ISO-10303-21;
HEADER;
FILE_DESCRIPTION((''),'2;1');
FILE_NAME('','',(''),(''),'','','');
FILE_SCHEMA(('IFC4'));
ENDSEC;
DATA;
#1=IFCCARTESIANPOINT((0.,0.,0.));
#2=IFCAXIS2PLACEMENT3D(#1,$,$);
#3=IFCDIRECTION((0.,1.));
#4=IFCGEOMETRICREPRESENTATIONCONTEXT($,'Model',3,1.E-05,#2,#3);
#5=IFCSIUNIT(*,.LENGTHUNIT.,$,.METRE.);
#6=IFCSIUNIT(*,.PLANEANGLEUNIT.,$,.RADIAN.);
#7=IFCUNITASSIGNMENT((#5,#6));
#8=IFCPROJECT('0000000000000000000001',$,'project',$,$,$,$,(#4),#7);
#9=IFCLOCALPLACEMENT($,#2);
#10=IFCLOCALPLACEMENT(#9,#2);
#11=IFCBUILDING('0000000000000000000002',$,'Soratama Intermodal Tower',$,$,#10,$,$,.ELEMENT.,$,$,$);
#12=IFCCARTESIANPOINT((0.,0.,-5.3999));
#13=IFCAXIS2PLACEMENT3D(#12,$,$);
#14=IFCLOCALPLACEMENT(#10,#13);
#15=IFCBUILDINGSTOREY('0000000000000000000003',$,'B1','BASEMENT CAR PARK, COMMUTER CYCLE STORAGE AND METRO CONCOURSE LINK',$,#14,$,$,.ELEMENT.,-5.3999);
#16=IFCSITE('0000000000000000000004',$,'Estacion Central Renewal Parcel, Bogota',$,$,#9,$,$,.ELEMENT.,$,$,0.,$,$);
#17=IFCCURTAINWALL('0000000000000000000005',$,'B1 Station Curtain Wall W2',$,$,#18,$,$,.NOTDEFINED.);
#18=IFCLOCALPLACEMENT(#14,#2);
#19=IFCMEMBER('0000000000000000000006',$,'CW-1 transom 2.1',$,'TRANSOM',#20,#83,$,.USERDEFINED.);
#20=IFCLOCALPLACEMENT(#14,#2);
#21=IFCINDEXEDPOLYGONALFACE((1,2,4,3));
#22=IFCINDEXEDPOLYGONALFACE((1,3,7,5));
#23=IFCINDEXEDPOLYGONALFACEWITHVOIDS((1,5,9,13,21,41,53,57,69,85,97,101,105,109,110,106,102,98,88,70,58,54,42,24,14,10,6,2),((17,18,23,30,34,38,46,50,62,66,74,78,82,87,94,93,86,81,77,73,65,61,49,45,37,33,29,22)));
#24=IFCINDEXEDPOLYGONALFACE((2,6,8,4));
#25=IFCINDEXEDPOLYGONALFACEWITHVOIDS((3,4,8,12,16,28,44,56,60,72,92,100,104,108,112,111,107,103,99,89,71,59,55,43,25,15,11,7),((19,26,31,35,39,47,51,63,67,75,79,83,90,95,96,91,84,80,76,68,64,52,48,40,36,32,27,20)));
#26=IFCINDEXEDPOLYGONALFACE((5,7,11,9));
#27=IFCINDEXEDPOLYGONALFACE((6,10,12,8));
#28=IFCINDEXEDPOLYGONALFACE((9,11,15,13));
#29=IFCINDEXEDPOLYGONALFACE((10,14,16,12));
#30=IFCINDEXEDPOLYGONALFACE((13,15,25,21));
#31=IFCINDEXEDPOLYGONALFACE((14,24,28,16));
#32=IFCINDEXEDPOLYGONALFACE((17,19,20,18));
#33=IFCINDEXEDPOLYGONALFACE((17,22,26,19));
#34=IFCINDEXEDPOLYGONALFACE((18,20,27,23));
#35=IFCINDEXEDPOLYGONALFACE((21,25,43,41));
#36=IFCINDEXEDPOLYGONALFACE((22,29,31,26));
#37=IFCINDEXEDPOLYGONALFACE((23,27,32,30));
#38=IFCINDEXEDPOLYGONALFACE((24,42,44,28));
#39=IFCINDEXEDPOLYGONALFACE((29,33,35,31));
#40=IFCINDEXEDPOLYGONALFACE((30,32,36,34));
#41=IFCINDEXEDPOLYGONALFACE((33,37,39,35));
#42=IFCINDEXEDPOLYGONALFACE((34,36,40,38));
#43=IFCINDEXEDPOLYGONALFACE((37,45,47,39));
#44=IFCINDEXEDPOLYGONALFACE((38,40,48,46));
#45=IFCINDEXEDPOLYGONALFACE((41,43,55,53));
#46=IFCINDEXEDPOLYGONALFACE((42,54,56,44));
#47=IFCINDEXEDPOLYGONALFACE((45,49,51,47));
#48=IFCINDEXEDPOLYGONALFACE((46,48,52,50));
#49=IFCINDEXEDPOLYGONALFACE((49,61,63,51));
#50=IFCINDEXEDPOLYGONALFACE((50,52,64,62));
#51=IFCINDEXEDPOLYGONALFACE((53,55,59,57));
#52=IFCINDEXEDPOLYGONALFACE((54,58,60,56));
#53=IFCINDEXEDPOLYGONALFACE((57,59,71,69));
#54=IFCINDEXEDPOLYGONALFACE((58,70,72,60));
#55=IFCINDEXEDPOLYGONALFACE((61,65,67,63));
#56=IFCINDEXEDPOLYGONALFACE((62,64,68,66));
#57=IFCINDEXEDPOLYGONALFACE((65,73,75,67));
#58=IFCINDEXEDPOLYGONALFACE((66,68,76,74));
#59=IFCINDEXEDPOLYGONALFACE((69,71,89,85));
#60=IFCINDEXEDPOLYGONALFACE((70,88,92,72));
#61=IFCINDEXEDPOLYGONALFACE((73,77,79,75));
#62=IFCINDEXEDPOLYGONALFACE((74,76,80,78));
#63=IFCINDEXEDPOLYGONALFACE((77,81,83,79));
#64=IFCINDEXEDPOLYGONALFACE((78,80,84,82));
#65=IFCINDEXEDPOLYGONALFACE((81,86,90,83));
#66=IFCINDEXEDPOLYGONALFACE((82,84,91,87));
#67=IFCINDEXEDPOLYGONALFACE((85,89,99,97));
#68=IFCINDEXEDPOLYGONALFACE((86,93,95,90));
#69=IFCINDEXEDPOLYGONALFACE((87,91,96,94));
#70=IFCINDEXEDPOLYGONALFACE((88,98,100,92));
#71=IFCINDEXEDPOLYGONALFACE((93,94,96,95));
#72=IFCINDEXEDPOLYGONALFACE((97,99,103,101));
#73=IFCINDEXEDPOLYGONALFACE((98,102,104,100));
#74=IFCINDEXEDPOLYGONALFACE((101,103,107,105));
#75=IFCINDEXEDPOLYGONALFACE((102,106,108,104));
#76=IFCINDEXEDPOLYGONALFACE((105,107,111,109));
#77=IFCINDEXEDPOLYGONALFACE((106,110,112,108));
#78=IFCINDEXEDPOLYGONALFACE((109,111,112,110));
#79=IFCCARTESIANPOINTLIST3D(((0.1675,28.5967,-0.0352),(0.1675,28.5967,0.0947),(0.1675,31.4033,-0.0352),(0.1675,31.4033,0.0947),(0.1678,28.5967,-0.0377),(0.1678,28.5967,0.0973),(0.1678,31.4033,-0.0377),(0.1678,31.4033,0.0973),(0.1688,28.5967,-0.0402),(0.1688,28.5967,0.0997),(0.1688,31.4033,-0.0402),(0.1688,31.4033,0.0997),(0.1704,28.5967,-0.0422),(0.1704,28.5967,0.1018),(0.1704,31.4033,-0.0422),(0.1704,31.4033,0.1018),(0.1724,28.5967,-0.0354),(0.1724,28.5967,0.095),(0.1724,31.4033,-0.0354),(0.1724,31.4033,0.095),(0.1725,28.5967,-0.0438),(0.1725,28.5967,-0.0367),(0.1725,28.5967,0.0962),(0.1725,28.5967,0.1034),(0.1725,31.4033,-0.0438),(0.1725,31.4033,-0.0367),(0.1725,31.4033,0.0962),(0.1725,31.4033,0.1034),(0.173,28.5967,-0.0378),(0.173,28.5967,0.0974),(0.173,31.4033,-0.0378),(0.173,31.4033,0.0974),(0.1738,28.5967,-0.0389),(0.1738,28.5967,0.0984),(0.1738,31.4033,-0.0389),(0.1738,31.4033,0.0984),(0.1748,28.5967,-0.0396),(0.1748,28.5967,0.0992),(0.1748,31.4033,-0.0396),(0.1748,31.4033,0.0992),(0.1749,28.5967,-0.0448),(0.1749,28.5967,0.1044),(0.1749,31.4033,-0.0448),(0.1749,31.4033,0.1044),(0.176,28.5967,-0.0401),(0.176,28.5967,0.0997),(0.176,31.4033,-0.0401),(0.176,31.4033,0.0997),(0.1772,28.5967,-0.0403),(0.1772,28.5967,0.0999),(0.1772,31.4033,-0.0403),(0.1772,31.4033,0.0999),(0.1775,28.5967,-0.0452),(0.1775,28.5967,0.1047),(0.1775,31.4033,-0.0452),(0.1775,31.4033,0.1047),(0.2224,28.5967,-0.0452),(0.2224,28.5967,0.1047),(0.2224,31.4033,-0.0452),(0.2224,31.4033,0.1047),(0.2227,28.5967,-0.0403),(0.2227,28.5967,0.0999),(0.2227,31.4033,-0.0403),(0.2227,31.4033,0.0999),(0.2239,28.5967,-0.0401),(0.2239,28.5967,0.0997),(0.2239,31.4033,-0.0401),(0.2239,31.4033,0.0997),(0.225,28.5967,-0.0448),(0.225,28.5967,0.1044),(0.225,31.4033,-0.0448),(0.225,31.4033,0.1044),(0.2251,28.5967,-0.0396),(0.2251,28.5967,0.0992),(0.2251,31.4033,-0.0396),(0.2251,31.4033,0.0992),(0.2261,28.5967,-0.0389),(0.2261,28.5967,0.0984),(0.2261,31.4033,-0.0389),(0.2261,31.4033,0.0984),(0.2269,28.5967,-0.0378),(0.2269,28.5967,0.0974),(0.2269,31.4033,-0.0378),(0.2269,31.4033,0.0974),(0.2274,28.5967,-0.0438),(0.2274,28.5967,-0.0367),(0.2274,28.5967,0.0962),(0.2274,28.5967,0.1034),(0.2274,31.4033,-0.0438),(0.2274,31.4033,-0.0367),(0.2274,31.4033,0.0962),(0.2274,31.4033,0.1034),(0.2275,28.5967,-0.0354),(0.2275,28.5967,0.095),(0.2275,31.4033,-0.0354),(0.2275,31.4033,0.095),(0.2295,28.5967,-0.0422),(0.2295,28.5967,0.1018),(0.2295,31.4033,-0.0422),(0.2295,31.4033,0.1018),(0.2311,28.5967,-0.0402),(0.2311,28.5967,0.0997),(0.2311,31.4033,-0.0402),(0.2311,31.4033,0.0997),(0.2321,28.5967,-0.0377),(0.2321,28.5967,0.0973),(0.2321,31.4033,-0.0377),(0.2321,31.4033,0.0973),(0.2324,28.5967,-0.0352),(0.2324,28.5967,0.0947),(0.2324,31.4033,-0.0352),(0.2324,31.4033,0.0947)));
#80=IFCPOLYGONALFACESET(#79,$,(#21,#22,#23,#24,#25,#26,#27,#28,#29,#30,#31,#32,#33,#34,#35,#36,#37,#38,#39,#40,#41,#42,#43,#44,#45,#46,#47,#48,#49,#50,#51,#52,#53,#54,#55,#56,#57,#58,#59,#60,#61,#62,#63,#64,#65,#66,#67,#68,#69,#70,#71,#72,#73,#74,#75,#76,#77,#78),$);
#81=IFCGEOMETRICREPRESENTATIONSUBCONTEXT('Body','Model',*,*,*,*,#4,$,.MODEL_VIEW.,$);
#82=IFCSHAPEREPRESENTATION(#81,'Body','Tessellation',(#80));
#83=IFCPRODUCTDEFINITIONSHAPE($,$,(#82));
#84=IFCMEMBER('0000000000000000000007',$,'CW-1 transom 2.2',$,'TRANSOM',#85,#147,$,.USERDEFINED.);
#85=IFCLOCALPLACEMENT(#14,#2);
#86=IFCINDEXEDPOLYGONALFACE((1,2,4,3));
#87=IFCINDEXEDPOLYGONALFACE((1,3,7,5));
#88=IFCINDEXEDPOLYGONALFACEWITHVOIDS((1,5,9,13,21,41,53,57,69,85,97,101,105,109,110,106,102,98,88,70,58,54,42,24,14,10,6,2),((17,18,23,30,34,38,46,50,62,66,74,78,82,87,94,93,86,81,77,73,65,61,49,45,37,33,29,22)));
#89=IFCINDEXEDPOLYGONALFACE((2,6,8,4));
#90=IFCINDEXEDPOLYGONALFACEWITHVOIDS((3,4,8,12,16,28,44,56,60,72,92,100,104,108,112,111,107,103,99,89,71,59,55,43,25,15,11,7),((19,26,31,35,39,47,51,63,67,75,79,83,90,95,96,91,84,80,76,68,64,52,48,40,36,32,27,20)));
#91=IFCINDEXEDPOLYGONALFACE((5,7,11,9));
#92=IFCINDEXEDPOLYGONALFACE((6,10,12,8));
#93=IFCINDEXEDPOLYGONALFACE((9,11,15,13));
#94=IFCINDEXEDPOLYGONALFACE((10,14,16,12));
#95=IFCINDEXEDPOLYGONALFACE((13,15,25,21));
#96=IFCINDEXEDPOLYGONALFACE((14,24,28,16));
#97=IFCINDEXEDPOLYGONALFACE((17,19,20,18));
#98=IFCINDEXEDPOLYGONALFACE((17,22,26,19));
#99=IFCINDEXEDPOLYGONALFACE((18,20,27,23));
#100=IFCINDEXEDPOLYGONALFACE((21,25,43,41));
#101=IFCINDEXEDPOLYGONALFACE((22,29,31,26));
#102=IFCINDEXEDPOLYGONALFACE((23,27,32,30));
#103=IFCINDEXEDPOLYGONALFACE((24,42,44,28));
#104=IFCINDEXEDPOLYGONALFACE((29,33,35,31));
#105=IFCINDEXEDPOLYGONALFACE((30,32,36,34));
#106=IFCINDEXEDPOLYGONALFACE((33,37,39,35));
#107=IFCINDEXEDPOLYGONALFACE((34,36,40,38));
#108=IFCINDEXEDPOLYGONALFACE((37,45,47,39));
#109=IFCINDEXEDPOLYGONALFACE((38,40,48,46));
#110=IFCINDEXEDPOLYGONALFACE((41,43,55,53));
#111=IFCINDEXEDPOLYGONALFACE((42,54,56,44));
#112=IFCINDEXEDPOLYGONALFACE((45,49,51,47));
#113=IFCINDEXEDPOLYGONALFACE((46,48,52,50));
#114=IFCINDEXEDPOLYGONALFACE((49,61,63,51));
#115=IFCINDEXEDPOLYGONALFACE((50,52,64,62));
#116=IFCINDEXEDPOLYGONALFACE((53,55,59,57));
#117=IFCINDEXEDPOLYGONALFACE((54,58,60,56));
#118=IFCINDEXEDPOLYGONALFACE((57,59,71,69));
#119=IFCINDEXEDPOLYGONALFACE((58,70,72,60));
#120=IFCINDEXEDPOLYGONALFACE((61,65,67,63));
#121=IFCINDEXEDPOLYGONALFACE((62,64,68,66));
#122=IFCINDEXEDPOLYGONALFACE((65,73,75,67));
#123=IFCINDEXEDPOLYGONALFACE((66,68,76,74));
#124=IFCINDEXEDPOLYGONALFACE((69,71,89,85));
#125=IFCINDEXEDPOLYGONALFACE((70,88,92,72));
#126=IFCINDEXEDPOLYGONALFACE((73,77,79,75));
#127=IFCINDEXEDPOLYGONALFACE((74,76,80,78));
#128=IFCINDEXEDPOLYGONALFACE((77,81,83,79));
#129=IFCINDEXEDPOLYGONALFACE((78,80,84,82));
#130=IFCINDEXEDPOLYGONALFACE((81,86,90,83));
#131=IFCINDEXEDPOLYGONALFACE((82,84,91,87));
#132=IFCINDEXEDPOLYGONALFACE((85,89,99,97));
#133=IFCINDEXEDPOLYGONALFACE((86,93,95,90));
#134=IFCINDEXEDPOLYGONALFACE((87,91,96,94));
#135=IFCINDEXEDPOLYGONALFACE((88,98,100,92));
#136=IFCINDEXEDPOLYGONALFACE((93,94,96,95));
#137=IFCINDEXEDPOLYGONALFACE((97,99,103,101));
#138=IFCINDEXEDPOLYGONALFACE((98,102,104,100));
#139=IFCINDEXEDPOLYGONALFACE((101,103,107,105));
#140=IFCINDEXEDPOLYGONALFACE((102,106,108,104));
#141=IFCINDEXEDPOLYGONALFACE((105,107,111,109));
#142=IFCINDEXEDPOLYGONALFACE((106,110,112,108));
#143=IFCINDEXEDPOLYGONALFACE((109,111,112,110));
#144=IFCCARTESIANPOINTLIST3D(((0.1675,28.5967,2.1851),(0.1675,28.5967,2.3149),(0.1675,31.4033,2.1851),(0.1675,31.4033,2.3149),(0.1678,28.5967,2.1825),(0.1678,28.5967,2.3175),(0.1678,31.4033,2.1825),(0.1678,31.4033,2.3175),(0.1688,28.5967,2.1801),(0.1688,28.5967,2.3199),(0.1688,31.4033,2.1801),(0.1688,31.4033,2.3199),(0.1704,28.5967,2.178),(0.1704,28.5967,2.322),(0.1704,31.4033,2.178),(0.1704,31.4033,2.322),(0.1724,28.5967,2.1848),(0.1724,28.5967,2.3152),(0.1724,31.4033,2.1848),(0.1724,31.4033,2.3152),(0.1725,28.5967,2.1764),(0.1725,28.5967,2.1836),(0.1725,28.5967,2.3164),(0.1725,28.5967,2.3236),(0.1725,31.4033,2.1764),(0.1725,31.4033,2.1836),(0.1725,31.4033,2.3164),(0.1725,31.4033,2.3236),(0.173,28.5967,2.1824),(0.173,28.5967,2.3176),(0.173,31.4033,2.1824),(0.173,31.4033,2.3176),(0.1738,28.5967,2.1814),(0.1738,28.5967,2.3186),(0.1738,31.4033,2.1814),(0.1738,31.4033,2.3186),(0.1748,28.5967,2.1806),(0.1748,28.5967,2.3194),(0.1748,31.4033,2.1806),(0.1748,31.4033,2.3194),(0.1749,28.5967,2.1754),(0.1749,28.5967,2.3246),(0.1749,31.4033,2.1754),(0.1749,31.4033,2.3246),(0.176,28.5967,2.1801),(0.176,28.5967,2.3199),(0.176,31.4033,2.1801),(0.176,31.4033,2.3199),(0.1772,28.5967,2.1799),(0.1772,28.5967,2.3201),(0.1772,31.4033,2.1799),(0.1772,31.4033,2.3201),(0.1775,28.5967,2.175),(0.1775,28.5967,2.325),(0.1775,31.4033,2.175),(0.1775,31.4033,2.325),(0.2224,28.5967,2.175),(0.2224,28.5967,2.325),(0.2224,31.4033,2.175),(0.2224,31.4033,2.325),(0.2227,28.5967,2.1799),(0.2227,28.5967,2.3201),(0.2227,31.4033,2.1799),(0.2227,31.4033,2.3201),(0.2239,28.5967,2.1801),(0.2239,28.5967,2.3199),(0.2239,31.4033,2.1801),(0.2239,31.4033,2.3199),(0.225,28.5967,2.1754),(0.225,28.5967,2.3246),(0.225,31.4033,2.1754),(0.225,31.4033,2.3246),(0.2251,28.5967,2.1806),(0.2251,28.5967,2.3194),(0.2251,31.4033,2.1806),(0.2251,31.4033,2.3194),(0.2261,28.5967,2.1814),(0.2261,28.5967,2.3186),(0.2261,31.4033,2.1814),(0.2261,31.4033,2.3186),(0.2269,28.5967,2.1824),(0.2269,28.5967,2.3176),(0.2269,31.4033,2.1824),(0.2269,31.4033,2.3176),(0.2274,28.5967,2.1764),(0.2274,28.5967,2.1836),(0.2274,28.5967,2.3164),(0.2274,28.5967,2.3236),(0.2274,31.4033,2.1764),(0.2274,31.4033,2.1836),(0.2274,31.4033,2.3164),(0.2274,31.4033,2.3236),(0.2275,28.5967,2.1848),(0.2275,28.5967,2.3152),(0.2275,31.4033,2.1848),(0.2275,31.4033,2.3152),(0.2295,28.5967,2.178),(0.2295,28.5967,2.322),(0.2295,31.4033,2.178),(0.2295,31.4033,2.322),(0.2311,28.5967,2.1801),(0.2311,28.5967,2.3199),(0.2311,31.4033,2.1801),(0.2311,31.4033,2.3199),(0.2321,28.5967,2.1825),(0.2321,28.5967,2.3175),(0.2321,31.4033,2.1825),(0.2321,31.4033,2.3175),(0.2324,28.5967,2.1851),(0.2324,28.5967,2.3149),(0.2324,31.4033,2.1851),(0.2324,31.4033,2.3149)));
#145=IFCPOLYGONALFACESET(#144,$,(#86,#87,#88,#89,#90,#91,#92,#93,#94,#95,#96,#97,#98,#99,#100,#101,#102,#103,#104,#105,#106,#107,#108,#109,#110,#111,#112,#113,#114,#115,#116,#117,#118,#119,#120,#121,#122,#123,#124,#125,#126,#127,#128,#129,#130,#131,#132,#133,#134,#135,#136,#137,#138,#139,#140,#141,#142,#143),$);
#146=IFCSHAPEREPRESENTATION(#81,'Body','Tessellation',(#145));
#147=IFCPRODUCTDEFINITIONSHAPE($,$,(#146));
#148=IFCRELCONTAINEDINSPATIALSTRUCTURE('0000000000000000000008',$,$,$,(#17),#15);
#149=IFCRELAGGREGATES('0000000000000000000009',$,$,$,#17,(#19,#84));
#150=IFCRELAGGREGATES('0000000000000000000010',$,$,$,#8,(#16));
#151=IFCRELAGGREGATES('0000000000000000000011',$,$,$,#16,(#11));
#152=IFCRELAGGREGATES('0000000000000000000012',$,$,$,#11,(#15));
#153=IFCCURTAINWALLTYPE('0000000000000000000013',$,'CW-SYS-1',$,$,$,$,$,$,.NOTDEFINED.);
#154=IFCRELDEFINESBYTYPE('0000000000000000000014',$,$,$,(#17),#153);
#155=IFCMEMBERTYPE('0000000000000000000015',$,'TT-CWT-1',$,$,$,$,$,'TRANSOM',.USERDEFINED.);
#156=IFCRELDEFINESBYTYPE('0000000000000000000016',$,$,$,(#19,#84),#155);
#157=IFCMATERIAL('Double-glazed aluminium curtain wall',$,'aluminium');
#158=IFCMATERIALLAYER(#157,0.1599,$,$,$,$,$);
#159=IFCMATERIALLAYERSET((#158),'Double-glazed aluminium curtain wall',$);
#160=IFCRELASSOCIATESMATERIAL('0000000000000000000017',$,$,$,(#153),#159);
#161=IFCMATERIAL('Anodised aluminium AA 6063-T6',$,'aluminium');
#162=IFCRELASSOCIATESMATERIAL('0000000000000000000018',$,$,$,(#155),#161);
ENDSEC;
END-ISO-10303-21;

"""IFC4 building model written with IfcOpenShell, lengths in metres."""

from ifc_helpers import new_model, si_unit, direction, frame, origin, origin_2d, place, context, subcontext, project, spatial, hollow_rectangle, extrude, material, layer, layer_set, material_profile, profile_set, type_object, element, aggregate, save


model = new_model("IFC4")

# Units and contexts
model_context = context("Model", 3, precision=1e-05, world=origin(), true_north=direction((0.0, 1.0)))
body_context = subcontext(model_context, "Body", "Model", "MODEL_VIEW")
ifc_project = project(units=[si_unit("LENGTHUNIT", "METRE"), si_unit("PLANEANGLEUNIT", "RADIAN")], contexts=[model_context])

# Site, building, storey
site_placement = place(None, origin())
site = spatial("IfcSite", under=ifc_project, at=site_placement, Name="Estacion Central Renewal Parcel, Bogota", CompositionType="ELEMENT", RefElevation=0.0)
building_placement = place(site_placement, origin())
building = spatial("IfcBuilding", under=site, at=building_placement, Name="Soratama Intermodal Tower", CompositionType="ELEMENT")
storey_placement = place(building_placement, frame((0.0, 0.0, -5.3999)))
storey = spatial("IfcBuildingStorey", under=building, at=storey_placement, Name="B1", Description="BASEMENT CAR PARK, COMMUTER CYCLE STORAGE AND METRO CONCOURSE LINK", CompositionType="ELEMENT", Elevation=-5.3999)

# Curtain wall, members
ifc_material_1 = material(Name="Double-glazed aluminium curtain wall", Category="aluminium")
ifc_layer_1 = layer(ifc_material_1, 0.1599)
ifc_layer_set_1 = layer_set([ifc_layer_1], Name="Double-glazed aluminium curtain wall")
curtain_wall_type = type_object("IfcCurtainWallType", Name="CW-SYS-1", PredefinedType="NOTDEFINED", material=ifc_layer_set_1)
curtain_wall_placement = place(storey_placement, origin())
curtain_wall = element("IfcCurtainWall", 1, at=curtain_wall_placement, inside=storey, type_object=curtain_wall_type, Name="B1 Station Curtain Wall W2", PredefinedType="NOTDEFINED")
ifc_material_2 = material(Name="Anodised aluminium AA 6063-T6", Category="aluminium")
ifc_material_profile_1 = material_profile(ifc_material_2, hollow_rectangle(XDim=0.0649, YDim=0.1499, WallThickness=0.0049, InnerFilletRadius=0.0049, OuterFilletRadius=0.01, at=origin_2d()), Name="CWT150X65X5")
ifc_profile_set_1 = profile_set([ifc_material_profile_1], Name="Anodised aluminium AA 6063-T6")
member_type_1 = type_object("IfcMemberType", Name="TT-CWT-1", ElementType="TRANSOM", PredefinedType="USERDEFINED", material=ifc_profile_set_1)
member_1_placement = place(storey_placement, frame((0.2, 28.5967, 0.0298), z_axis=(0.0, 1.0, 0.0), x_axis=(-1.0, 0.0, 0.0)))
member_1 = element("IfcMember", 2, at=member_1_placement, type_object=member_type_1, Name="CW-1 transom 2.1", ObjectType="TRANSOM", PredefinedType="USERDEFINED", context=body_context, shape_type="SweptSolid", body=[
    extrude(hollow_rectangle(XDim=0.0649, YDim=0.1499, WallThickness=0.0049, InnerFilletRadius=0.0049, OuterFilletRadius=0.01, at=origin_2d()), origin(), (0.0, 0.0, 1.0), 2.8066),
])
member_2_placement = place(storey_placement, frame((0.2, 28.5967, 2.25), z_axis=(0.0, 1.0, 0.0), x_axis=(-1.0, 0.0, 0.0)))
member_2 = element("IfcMember", 3, at=member_2_placement, type_object=member_type_1, Name="CW-1 transom 2.2", ObjectType="TRANSOM", PredefinedType="USERDEFINED", context=body_context, shape_type="SweptSolid", body=[
    extrude(hollow_rectangle(XDim=0.0649, YDim=0.1499, WallThickness=0.0049, InnerFilletRadius=0.0049, OuterFilletRadius=0.01, at=origin_2d()), origin(), (0.0, 0.0, 1.0), 2.8066),
])
aggregate(curtain_wall, [member_1, member_2])

save(model, "model.ifc")
